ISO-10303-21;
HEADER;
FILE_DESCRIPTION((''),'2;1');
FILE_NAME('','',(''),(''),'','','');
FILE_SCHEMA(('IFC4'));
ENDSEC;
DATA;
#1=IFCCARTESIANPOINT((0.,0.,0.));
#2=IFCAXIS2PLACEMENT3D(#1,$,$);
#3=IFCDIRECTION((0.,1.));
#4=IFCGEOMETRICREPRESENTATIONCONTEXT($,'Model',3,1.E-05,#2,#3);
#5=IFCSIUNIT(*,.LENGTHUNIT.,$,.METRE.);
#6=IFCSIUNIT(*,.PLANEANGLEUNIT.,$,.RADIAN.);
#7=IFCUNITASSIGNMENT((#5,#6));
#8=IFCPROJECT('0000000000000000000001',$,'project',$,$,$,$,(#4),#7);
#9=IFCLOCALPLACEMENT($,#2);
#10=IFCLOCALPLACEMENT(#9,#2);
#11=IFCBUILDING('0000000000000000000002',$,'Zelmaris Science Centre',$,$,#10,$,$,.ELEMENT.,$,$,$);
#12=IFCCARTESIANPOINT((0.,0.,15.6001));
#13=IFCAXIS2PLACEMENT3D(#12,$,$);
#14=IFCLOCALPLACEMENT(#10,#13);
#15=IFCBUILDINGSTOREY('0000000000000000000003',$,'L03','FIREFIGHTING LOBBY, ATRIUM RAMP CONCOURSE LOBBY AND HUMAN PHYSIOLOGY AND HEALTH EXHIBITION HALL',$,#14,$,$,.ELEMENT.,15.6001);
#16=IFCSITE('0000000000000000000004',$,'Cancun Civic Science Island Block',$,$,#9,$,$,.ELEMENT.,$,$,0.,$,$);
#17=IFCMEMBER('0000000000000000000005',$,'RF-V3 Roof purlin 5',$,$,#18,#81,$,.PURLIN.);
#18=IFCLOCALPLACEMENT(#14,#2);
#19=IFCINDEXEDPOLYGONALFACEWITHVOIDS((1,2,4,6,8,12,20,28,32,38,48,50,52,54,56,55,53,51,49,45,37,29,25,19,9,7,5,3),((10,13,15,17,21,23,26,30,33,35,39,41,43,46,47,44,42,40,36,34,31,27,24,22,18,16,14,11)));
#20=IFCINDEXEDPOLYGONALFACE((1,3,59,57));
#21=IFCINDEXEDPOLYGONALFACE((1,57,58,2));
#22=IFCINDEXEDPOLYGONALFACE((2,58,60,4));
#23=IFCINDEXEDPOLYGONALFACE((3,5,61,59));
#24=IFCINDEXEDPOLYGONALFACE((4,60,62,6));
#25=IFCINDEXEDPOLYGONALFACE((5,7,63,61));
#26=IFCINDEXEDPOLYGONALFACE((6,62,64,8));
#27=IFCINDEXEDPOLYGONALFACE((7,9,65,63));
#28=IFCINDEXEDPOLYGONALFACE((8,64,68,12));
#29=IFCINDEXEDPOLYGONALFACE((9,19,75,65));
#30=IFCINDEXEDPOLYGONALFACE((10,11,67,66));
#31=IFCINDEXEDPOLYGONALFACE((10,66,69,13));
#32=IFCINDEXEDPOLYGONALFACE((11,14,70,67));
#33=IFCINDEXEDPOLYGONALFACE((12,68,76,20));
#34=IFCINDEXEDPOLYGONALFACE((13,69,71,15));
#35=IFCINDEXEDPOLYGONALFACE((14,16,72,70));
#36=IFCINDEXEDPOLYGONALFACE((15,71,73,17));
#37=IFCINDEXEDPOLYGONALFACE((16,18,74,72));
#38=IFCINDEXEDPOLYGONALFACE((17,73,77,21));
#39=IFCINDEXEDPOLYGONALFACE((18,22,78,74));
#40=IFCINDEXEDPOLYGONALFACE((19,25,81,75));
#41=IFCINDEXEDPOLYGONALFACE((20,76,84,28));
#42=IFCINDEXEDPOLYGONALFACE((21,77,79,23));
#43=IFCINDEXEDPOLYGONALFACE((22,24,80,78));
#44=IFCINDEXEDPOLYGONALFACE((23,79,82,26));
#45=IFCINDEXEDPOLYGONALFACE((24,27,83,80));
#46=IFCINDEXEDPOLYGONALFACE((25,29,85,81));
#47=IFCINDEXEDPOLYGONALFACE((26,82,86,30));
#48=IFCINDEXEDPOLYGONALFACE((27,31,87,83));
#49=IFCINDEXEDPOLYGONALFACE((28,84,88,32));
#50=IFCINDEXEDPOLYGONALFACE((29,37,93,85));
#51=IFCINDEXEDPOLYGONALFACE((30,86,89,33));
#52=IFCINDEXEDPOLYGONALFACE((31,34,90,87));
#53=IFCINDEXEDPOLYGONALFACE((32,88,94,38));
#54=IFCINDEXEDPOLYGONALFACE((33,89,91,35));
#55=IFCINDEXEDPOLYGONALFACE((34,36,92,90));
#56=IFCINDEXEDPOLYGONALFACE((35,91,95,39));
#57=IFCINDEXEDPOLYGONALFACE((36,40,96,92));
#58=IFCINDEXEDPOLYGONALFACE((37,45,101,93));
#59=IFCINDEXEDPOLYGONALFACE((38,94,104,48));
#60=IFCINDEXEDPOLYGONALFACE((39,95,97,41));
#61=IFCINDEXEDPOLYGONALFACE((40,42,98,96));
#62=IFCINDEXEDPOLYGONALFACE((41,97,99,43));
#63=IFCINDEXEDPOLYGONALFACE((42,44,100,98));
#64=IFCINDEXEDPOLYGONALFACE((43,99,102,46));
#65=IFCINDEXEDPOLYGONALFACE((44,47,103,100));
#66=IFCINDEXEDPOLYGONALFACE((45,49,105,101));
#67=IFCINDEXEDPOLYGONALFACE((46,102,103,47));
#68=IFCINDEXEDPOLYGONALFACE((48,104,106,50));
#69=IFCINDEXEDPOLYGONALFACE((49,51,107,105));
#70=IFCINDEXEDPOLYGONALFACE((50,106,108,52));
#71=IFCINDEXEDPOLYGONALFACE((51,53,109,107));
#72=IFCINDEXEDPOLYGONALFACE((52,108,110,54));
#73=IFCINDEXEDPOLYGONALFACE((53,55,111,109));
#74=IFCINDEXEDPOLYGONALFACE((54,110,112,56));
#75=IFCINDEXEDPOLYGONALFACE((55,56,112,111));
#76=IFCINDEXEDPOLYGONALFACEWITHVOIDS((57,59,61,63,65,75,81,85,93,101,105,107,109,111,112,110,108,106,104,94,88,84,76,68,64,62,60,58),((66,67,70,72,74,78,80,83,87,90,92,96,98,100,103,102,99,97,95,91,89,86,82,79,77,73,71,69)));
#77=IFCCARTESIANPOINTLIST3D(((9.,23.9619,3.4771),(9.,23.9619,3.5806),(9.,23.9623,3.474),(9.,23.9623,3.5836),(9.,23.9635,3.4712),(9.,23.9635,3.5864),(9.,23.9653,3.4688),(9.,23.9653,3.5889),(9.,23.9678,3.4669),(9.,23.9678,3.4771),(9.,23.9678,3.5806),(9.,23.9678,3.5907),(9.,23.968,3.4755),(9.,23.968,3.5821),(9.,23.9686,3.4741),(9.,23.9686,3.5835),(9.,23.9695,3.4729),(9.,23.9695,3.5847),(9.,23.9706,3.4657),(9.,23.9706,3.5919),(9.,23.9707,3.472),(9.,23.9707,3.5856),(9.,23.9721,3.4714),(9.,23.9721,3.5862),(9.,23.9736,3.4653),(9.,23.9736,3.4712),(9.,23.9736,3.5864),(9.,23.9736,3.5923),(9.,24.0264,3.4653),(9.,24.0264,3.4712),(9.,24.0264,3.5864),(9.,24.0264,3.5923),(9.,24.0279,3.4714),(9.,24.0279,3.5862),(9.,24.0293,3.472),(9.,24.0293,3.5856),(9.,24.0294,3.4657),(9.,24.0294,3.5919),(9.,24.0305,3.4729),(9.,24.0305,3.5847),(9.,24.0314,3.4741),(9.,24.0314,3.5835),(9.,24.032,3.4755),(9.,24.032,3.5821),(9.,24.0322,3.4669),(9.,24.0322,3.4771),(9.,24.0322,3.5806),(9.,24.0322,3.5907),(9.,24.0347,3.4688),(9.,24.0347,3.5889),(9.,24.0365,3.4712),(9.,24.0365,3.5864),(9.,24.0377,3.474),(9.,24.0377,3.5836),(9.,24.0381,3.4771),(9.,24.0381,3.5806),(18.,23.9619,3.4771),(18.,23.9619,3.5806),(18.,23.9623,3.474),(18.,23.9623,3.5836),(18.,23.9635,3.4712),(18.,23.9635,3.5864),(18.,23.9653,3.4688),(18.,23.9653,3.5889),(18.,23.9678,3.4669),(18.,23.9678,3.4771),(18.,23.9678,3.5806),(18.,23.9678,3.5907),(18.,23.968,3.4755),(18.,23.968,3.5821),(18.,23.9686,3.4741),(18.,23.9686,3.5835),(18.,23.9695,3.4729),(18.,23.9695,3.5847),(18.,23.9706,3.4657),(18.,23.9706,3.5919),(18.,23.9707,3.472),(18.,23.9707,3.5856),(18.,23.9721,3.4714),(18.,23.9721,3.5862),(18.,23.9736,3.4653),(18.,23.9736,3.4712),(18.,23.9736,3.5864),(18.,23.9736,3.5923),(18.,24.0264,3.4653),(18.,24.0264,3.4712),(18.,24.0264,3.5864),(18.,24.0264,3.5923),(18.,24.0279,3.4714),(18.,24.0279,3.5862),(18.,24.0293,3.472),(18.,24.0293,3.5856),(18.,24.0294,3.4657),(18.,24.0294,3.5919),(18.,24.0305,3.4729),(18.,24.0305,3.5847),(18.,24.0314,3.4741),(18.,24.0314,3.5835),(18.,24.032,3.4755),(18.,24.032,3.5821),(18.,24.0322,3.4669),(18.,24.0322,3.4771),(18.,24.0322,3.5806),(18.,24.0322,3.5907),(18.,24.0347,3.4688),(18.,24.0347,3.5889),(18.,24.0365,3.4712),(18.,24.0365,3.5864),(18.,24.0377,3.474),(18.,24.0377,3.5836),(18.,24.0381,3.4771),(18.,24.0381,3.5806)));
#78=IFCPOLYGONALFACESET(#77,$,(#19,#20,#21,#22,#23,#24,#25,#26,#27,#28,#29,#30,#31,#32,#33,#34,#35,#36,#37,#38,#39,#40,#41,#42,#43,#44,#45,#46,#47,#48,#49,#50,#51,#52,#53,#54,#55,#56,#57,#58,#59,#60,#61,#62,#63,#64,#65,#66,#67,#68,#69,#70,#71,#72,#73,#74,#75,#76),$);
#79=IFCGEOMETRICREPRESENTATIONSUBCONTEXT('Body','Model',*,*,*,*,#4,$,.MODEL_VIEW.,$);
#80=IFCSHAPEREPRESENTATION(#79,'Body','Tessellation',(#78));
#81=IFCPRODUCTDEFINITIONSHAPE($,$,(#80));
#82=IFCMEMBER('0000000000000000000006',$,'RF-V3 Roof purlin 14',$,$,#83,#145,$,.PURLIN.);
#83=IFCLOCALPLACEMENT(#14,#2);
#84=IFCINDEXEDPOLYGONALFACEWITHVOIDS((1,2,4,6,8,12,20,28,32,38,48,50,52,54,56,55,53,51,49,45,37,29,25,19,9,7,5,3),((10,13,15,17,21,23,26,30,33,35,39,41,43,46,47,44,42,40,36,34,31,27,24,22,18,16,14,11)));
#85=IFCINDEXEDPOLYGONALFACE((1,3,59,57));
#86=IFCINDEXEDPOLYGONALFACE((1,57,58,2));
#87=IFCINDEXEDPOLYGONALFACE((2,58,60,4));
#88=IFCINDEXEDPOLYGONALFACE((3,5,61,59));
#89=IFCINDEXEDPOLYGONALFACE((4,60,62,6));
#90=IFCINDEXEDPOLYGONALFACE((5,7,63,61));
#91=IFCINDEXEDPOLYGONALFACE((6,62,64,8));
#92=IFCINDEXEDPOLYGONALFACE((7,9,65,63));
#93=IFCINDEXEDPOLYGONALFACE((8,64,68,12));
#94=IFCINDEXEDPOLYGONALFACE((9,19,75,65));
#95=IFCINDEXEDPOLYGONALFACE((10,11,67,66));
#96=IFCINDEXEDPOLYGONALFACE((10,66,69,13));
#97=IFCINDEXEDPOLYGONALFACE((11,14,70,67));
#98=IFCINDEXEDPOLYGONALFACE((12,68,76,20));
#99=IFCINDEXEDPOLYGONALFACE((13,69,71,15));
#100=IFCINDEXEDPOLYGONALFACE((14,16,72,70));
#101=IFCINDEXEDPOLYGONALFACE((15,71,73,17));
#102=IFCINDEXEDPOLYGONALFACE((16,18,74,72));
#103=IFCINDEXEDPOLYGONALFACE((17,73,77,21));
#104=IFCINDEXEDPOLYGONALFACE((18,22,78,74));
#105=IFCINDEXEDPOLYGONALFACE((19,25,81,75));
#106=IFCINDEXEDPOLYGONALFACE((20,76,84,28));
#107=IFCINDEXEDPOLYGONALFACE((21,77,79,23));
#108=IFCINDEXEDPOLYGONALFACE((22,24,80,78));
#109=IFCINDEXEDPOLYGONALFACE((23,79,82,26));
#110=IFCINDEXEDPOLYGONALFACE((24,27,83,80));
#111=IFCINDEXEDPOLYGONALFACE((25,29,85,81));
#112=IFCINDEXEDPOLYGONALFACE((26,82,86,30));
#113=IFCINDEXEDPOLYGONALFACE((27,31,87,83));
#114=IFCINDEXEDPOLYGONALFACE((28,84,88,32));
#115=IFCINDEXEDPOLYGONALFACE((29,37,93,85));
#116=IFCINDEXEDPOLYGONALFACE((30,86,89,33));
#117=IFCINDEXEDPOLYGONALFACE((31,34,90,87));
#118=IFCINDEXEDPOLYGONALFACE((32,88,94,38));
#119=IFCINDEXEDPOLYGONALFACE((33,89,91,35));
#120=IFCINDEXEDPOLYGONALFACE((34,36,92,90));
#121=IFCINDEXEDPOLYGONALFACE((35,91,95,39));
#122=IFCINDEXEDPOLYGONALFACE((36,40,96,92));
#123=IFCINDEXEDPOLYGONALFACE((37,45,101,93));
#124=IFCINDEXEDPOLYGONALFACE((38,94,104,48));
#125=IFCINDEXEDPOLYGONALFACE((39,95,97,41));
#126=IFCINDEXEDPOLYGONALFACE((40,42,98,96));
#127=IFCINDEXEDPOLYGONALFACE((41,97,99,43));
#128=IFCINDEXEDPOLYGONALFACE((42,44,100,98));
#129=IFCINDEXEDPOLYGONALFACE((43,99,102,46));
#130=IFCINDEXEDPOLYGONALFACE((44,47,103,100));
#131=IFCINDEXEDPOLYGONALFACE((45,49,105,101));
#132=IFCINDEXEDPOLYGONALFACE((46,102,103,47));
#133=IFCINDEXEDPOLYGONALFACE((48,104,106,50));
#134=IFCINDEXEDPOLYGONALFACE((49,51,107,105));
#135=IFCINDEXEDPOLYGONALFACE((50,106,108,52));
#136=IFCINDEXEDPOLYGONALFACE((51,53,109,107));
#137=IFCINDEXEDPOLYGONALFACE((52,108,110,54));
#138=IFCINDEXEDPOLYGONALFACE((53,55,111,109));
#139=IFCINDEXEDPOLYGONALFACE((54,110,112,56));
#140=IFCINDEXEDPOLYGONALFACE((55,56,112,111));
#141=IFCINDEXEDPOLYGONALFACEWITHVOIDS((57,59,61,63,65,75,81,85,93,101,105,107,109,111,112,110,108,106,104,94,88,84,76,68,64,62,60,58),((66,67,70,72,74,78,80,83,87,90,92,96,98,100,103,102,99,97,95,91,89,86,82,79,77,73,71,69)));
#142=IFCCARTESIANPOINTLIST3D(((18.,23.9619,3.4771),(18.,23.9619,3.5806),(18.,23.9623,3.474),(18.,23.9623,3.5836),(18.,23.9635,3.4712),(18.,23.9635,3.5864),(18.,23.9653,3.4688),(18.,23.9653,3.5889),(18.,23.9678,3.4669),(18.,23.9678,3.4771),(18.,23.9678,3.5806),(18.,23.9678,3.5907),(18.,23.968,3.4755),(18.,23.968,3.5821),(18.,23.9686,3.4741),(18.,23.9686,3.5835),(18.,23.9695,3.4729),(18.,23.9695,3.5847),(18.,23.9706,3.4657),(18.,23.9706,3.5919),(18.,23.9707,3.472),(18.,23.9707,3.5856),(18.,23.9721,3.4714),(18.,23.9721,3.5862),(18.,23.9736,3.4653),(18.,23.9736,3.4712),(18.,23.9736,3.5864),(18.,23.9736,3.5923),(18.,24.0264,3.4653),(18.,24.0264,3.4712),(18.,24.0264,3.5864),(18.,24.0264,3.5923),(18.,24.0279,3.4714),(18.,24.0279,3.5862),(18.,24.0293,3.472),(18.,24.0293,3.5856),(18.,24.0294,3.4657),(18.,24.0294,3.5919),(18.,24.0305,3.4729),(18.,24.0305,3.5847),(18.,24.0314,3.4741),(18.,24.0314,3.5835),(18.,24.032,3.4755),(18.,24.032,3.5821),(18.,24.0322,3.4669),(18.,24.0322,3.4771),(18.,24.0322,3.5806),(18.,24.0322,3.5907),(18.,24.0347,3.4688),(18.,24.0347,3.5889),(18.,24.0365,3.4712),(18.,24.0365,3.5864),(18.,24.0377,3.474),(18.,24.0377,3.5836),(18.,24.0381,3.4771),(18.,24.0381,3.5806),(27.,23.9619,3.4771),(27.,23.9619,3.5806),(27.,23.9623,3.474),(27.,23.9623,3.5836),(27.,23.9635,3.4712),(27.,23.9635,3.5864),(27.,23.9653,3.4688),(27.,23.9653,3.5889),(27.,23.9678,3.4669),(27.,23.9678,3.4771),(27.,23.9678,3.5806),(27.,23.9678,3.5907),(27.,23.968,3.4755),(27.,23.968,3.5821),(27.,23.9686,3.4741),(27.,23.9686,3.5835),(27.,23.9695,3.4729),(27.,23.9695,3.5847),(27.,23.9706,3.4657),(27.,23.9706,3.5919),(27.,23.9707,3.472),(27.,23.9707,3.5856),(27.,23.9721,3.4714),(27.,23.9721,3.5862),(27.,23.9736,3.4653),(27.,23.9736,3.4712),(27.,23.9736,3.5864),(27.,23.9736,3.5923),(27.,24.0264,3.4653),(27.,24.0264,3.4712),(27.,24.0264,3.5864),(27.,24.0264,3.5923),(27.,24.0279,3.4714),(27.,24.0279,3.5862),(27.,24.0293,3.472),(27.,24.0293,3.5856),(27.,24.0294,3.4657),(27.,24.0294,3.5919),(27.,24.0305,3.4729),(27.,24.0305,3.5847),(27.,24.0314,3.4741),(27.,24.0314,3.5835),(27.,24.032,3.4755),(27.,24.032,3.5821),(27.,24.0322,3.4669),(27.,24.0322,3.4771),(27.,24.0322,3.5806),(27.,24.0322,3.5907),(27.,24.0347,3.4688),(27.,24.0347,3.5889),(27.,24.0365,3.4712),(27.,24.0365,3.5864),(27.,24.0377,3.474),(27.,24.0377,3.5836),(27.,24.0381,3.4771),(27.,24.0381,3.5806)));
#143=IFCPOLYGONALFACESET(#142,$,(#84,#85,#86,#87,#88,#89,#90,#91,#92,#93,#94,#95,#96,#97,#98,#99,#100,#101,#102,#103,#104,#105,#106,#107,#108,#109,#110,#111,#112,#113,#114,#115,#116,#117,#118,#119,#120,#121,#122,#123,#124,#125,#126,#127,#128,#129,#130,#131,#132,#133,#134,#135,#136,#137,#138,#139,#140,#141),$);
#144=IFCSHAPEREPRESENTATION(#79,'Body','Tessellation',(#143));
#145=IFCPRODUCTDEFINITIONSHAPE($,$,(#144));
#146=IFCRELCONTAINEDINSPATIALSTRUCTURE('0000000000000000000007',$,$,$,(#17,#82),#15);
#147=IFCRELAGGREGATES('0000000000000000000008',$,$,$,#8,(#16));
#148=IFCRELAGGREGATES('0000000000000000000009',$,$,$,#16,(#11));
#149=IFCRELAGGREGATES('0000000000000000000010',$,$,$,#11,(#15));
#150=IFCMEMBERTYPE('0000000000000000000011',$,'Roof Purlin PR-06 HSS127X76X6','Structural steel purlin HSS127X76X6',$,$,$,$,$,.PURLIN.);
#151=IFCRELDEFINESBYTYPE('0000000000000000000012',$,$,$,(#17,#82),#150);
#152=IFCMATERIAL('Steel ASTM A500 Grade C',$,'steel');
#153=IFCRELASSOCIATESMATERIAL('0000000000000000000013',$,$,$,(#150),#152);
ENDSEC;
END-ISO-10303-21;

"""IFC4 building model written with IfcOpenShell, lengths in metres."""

from ifc_helpers import new_model, si_unit, direction, frame, origin, origin_2d, place, context, subcontext, project, spatial, hollow_rectangle, extrude, material, material_profile, profile_set, type_object, element, save


model = new_model("IFC4")

# Units and contexts
model_context = context("Model", 3, precision=1e-05, world=origin(), true_north=direction((0.0, 1.0)))
body_context = subcontext(model_context, "Body", "Model", "MODEL_VIEW")
ifc_project = project(units=[si_unit("LENGTHUNIT", "METRE"), si_unit("PLANEANGLEUNIT", "RADIAN")], contexts=[model_context])

# Site, building, storey
site_placement = place(None, origin())
site = spatial("IfcSite", under=ifc_project, at=site_placement, Name="Cancun Civic Science Island Block", CompositionType="ELEMENT", RefElevation=0.0)
building_placement = place(site_placement, origin())
building = spatial("IfcBuilding", under=site, at=building_placement, Name="Zelmaris Science Centre", CompositionType="ELEMENT")
storey_placement = place(building_placement, frame((0.0, 0.0, 15.6001)))
storey = spatial("IfcBuildingStorey", under=building, at=storey_placement, Name="L03", Description="FIREFIGHTING LOBBY, ATRIUM RAMP CONCOURSE LOBBY AND HUMAN PHYSIOLOGY AND HEALTH EXHIBITION HALL", CompositionType="ELEMENT", Elevation=15.6001)

# Shared definitions
ifc_material = material(Name="Steel ASTM A500 Grade C", Category="steel")

# Members
ifc_material_profile_1 = material_profile(ifc_material, hollow_rectangle(XDim=0.0762, YDim=0.127, WallThickness=0.0059, InnerFilletRadius=0.0059, OuterFilletRadius=0.0117, at=origin_2d()), Name="HSS127X76X6")
ifc_profile_set_1 = profile_set([ifc_material_profile_1], Name="Steel ASTM A500 Grade C")
member_type_1 = type_object("IfcMemberType", Name="Roof Purlin PR-06 HSS127X76X6", Description="Structural steel purlin HSS127X76X6", PredefinedType="PURLIN", material=ifc_profile_set_1)
for number, where, z_axis, x_axis, name in (
    (1, (9.0, 24.0, 3.5288), (1.0, 0.0, 0.0), (0.0, 1.0, 0.0), "RF-V3 Roof purlin 5"),
    (2, (18.0, 24.0, 3.5288), (1.0, 0.0, 0.0), (0.0, 1.0, 0.0), "RF-V3 Roof purlin 14"),
):
    element("IfcMember", number, at=place(storey_placement, frame(where, z_axis=z_axis, x_axis=x_axis)), inside=storey, type_object=member_type_1, Name=name, PredefinedType="PURLIN", context=body_context, shape_type="SweptSolid", body=[
        extrude(hollow_rectangle(XDim=0.0762, YDim=0.127, WallThickness=0.0059, InnerFilletRadius=0.0059, OuterFilletRadius=0.0117, at=origin_2d()), origin(), (0.0, 0.0, 1.0), 9.0),
    ])

save(model, "model.ifc")
